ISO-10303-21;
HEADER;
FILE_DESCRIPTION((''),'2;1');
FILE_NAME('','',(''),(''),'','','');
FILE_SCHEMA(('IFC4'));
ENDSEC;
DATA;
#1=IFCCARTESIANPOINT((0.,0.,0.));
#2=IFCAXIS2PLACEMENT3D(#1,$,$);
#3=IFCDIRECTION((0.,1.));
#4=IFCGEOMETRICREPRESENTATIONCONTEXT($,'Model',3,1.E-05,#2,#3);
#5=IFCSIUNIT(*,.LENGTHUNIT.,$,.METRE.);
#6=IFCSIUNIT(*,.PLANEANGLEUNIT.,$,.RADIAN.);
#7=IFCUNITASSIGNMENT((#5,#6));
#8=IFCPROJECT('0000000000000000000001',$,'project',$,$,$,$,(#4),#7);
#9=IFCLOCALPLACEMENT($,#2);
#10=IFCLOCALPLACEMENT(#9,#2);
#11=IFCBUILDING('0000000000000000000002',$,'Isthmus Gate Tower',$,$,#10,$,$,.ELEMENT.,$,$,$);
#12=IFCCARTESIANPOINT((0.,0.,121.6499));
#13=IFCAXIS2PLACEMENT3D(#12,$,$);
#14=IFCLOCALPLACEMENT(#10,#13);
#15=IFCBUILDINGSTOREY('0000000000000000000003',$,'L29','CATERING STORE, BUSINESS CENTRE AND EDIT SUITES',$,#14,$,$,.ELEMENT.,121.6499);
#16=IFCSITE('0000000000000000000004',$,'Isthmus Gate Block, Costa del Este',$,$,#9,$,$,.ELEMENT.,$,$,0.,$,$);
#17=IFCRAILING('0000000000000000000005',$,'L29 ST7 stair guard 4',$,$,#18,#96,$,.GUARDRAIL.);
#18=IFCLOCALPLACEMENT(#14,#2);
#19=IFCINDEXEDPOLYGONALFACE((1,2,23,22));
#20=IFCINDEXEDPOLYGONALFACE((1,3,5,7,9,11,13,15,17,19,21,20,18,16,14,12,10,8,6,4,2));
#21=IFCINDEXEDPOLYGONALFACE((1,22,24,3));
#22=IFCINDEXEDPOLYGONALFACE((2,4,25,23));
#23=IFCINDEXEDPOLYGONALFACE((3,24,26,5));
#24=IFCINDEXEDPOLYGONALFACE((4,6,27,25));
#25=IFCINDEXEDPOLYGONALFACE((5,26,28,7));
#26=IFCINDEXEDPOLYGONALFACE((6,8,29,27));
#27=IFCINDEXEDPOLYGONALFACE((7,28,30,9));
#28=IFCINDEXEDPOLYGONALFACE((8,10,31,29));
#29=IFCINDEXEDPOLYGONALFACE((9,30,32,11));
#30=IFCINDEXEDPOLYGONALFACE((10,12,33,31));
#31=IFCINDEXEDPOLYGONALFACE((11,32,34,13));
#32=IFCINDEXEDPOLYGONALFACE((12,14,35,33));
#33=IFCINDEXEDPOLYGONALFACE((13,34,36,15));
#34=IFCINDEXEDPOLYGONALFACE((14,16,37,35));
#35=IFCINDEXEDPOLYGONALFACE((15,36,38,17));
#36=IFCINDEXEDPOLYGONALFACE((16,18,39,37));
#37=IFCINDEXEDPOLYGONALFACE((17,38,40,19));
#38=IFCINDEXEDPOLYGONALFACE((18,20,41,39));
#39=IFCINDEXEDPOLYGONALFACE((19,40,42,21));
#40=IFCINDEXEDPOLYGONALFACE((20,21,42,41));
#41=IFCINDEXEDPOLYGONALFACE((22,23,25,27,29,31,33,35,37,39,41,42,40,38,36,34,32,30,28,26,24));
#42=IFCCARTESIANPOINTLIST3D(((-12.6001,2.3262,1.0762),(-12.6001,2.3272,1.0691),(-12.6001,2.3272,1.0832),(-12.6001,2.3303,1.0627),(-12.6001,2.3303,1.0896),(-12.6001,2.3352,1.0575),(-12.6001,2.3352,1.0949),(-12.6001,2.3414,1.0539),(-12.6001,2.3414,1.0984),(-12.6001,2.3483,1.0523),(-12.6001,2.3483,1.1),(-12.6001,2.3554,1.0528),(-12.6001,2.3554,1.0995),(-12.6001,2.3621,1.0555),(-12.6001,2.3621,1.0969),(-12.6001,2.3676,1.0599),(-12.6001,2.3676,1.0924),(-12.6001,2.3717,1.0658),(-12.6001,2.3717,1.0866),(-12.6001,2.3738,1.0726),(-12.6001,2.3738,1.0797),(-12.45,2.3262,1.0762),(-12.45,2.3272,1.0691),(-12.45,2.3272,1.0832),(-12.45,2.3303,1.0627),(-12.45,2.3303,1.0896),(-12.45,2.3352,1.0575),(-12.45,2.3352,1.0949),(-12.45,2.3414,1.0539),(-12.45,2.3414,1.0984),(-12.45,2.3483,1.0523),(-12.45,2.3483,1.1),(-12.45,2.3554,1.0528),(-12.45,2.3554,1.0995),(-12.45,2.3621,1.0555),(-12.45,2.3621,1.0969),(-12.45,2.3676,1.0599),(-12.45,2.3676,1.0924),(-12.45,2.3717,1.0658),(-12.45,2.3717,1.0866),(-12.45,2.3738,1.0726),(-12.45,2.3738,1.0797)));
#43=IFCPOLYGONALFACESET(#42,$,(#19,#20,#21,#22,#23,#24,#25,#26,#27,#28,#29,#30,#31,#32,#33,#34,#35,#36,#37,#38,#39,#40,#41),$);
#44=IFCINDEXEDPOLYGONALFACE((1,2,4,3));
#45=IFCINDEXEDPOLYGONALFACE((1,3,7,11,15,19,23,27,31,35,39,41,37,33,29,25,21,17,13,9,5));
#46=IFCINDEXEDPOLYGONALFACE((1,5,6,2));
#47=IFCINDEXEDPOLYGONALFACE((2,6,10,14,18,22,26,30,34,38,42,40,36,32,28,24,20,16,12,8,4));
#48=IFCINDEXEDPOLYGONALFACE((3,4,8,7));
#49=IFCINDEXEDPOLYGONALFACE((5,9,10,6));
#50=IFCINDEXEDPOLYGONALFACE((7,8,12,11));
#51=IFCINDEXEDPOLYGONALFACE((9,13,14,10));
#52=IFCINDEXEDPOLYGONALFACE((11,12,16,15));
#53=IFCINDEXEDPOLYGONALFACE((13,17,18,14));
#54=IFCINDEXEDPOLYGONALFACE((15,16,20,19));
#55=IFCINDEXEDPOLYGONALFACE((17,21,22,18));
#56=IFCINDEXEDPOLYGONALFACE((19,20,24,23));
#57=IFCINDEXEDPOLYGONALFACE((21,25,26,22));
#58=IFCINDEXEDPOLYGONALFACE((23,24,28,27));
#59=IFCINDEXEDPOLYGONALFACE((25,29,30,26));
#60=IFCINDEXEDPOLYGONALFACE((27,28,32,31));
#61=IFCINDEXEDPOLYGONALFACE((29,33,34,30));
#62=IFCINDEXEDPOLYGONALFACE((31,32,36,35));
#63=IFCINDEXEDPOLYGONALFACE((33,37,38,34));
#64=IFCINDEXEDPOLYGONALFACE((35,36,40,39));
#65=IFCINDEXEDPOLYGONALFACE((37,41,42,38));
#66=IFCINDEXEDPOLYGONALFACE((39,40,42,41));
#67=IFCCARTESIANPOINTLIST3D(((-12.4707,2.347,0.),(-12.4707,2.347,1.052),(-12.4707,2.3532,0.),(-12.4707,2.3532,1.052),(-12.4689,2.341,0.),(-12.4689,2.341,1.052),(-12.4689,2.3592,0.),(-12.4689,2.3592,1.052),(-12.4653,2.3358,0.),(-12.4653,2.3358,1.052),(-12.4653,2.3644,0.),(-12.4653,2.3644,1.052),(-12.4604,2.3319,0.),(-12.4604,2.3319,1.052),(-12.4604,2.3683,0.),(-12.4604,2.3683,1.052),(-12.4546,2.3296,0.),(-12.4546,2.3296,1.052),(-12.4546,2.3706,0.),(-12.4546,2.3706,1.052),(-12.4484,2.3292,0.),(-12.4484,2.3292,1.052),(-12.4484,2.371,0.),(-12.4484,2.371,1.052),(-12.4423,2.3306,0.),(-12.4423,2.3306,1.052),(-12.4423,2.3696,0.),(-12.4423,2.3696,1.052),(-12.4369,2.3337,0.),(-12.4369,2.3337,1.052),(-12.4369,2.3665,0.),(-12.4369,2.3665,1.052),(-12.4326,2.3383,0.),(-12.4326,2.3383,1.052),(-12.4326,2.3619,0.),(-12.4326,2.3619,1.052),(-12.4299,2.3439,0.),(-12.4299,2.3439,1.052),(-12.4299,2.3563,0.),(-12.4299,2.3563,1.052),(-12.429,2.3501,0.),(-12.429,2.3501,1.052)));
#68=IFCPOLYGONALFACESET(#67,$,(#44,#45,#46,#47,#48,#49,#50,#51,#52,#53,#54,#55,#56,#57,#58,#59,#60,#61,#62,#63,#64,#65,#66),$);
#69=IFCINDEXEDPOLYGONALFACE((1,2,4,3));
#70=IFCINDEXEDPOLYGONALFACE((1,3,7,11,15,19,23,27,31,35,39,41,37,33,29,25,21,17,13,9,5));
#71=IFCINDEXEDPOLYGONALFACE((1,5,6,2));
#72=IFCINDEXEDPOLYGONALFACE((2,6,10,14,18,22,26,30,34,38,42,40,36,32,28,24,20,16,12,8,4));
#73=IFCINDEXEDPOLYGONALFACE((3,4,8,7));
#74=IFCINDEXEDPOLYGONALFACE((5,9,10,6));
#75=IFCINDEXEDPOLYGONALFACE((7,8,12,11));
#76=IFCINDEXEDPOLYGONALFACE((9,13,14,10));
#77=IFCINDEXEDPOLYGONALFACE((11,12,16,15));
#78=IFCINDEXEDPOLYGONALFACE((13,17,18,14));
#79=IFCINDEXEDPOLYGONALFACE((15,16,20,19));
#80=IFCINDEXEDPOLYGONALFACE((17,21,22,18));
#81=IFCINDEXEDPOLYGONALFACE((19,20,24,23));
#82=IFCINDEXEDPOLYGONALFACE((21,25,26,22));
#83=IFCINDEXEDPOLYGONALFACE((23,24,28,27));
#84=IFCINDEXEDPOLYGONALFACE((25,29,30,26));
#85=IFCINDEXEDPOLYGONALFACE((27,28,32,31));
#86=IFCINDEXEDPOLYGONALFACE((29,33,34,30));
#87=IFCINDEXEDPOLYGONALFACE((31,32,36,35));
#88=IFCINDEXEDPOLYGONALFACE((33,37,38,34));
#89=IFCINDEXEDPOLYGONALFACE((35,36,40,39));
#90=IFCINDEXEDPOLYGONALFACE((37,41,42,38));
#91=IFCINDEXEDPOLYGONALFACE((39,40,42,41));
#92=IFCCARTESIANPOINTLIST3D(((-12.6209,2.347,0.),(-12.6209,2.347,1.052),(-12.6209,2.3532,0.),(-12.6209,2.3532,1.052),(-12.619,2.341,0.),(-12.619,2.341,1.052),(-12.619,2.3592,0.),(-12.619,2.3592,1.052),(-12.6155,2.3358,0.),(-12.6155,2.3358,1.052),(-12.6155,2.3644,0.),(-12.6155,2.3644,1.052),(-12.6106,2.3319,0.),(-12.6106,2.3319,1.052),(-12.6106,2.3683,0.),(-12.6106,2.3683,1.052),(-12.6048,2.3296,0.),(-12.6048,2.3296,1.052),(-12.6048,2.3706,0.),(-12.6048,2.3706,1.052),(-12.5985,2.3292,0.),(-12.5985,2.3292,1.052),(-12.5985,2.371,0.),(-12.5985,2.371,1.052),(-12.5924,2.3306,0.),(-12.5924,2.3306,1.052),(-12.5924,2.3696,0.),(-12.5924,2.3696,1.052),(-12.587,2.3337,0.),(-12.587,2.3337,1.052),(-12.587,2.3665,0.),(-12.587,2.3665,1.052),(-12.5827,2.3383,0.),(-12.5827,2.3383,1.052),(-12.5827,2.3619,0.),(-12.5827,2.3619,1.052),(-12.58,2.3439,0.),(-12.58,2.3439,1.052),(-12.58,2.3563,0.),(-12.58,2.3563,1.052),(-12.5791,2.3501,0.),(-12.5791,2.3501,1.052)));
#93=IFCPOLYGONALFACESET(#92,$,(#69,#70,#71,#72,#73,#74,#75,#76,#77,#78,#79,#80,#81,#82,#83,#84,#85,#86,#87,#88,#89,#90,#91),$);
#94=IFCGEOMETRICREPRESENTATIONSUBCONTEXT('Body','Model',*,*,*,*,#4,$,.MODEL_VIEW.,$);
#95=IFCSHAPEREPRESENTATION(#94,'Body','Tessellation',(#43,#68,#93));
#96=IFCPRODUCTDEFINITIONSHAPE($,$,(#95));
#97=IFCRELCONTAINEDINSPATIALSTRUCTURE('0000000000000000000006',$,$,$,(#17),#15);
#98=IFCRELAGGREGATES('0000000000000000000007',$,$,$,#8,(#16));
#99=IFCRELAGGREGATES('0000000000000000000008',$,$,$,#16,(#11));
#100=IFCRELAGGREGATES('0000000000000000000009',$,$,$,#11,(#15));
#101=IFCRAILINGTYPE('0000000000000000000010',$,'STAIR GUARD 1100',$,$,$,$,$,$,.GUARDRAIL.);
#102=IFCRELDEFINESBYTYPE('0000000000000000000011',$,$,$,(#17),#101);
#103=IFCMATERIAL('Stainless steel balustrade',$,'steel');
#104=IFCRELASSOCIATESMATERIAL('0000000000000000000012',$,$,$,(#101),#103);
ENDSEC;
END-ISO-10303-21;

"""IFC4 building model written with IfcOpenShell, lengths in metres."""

from ifc_helpers import new_model, si_unit, direction, frame, origin, origin_2d, place, context, subcontext, project, spatial, circle, extrude, material, type_object, element, save


model = new_model("IFC4")

# Units and contexts
model_context = context("Model", 3, precision=1e-05, world=origin(), true_north=direction((0.0, 1.0)))
body_context = subcontext(model_context, "Body", "Model", "MODEL_VIEW")
ifc_project = project(units=[si_unit("LENGTHUNIT", "METRE"), si_unit("PLANEANGLEUNIT", "RADIAN")], contexts=[model_context])

# Site, building, storey
site_placement = place(None, origin())
site = spatial("IfcSite", under=ifc_project, at=site_placement, Name="Isthmus Gate Block, Costa del Este", CompositionType="ELEMENT", RefElevation=0.0)
building_placement = place(site_placement, origin())
building = spatial("IfcBuilding", under=site, at=building_placement, Name="Isthmus Gate Tower", CompositionType="ELEMENT")
storey_placement = place(building_placement, frame((0.0, 0.0, 121.6499)))
storey = spatial("IfcBuildingStorey", under=building, at=storey_placement, Name="L29", Description="CATERING STORE, BUSINESS CENTRE AND EDIT SUITES", CompositionType="ELEMENT", Elevation=121.6499)

# Railing
ifc_material_1 = material(Name="Stainless steel balustrade", Category="steel")
railing_type_1 = type_object("IfcRailingType", Name="STAIR GUARD 1100", PredefinedType="GUARDRAIL", material=ifc_material_1)
railing_1_placement = place(storey_placement, frame((-12.45, 2.3501, 0.0)))
element("IfcRailing", 1, at=railing_1_placement, inside=storey, type_object=railing_type_1, Name="L29 ST7 stair guard 4", PredefinedType="GUARDRAIL", context=body_context, shape_type="SweptSolid", body=[
    extrude(circle(Radius=0.0239, at=origin_2d()), frame((0.0, 0.0, 1.0762), z_axis=(-1.0, 0.0, 0.0), x_axis=(0.0, -1.0, 0.0)), (0.0, 0.0, 1.0), 0.1501),
    extrude(circle(Radius=0.021, at=origin_2d()), origin(), (0.0, 0.0, 1.0), 1.052),
    extrude(circle(Radius=0.021, at=origin_2d()), frame((-0.1501, 0.0, 0.0)), (0.0, 0.0, 1.0), 1.052),
])

save(model, "model.ifc")
